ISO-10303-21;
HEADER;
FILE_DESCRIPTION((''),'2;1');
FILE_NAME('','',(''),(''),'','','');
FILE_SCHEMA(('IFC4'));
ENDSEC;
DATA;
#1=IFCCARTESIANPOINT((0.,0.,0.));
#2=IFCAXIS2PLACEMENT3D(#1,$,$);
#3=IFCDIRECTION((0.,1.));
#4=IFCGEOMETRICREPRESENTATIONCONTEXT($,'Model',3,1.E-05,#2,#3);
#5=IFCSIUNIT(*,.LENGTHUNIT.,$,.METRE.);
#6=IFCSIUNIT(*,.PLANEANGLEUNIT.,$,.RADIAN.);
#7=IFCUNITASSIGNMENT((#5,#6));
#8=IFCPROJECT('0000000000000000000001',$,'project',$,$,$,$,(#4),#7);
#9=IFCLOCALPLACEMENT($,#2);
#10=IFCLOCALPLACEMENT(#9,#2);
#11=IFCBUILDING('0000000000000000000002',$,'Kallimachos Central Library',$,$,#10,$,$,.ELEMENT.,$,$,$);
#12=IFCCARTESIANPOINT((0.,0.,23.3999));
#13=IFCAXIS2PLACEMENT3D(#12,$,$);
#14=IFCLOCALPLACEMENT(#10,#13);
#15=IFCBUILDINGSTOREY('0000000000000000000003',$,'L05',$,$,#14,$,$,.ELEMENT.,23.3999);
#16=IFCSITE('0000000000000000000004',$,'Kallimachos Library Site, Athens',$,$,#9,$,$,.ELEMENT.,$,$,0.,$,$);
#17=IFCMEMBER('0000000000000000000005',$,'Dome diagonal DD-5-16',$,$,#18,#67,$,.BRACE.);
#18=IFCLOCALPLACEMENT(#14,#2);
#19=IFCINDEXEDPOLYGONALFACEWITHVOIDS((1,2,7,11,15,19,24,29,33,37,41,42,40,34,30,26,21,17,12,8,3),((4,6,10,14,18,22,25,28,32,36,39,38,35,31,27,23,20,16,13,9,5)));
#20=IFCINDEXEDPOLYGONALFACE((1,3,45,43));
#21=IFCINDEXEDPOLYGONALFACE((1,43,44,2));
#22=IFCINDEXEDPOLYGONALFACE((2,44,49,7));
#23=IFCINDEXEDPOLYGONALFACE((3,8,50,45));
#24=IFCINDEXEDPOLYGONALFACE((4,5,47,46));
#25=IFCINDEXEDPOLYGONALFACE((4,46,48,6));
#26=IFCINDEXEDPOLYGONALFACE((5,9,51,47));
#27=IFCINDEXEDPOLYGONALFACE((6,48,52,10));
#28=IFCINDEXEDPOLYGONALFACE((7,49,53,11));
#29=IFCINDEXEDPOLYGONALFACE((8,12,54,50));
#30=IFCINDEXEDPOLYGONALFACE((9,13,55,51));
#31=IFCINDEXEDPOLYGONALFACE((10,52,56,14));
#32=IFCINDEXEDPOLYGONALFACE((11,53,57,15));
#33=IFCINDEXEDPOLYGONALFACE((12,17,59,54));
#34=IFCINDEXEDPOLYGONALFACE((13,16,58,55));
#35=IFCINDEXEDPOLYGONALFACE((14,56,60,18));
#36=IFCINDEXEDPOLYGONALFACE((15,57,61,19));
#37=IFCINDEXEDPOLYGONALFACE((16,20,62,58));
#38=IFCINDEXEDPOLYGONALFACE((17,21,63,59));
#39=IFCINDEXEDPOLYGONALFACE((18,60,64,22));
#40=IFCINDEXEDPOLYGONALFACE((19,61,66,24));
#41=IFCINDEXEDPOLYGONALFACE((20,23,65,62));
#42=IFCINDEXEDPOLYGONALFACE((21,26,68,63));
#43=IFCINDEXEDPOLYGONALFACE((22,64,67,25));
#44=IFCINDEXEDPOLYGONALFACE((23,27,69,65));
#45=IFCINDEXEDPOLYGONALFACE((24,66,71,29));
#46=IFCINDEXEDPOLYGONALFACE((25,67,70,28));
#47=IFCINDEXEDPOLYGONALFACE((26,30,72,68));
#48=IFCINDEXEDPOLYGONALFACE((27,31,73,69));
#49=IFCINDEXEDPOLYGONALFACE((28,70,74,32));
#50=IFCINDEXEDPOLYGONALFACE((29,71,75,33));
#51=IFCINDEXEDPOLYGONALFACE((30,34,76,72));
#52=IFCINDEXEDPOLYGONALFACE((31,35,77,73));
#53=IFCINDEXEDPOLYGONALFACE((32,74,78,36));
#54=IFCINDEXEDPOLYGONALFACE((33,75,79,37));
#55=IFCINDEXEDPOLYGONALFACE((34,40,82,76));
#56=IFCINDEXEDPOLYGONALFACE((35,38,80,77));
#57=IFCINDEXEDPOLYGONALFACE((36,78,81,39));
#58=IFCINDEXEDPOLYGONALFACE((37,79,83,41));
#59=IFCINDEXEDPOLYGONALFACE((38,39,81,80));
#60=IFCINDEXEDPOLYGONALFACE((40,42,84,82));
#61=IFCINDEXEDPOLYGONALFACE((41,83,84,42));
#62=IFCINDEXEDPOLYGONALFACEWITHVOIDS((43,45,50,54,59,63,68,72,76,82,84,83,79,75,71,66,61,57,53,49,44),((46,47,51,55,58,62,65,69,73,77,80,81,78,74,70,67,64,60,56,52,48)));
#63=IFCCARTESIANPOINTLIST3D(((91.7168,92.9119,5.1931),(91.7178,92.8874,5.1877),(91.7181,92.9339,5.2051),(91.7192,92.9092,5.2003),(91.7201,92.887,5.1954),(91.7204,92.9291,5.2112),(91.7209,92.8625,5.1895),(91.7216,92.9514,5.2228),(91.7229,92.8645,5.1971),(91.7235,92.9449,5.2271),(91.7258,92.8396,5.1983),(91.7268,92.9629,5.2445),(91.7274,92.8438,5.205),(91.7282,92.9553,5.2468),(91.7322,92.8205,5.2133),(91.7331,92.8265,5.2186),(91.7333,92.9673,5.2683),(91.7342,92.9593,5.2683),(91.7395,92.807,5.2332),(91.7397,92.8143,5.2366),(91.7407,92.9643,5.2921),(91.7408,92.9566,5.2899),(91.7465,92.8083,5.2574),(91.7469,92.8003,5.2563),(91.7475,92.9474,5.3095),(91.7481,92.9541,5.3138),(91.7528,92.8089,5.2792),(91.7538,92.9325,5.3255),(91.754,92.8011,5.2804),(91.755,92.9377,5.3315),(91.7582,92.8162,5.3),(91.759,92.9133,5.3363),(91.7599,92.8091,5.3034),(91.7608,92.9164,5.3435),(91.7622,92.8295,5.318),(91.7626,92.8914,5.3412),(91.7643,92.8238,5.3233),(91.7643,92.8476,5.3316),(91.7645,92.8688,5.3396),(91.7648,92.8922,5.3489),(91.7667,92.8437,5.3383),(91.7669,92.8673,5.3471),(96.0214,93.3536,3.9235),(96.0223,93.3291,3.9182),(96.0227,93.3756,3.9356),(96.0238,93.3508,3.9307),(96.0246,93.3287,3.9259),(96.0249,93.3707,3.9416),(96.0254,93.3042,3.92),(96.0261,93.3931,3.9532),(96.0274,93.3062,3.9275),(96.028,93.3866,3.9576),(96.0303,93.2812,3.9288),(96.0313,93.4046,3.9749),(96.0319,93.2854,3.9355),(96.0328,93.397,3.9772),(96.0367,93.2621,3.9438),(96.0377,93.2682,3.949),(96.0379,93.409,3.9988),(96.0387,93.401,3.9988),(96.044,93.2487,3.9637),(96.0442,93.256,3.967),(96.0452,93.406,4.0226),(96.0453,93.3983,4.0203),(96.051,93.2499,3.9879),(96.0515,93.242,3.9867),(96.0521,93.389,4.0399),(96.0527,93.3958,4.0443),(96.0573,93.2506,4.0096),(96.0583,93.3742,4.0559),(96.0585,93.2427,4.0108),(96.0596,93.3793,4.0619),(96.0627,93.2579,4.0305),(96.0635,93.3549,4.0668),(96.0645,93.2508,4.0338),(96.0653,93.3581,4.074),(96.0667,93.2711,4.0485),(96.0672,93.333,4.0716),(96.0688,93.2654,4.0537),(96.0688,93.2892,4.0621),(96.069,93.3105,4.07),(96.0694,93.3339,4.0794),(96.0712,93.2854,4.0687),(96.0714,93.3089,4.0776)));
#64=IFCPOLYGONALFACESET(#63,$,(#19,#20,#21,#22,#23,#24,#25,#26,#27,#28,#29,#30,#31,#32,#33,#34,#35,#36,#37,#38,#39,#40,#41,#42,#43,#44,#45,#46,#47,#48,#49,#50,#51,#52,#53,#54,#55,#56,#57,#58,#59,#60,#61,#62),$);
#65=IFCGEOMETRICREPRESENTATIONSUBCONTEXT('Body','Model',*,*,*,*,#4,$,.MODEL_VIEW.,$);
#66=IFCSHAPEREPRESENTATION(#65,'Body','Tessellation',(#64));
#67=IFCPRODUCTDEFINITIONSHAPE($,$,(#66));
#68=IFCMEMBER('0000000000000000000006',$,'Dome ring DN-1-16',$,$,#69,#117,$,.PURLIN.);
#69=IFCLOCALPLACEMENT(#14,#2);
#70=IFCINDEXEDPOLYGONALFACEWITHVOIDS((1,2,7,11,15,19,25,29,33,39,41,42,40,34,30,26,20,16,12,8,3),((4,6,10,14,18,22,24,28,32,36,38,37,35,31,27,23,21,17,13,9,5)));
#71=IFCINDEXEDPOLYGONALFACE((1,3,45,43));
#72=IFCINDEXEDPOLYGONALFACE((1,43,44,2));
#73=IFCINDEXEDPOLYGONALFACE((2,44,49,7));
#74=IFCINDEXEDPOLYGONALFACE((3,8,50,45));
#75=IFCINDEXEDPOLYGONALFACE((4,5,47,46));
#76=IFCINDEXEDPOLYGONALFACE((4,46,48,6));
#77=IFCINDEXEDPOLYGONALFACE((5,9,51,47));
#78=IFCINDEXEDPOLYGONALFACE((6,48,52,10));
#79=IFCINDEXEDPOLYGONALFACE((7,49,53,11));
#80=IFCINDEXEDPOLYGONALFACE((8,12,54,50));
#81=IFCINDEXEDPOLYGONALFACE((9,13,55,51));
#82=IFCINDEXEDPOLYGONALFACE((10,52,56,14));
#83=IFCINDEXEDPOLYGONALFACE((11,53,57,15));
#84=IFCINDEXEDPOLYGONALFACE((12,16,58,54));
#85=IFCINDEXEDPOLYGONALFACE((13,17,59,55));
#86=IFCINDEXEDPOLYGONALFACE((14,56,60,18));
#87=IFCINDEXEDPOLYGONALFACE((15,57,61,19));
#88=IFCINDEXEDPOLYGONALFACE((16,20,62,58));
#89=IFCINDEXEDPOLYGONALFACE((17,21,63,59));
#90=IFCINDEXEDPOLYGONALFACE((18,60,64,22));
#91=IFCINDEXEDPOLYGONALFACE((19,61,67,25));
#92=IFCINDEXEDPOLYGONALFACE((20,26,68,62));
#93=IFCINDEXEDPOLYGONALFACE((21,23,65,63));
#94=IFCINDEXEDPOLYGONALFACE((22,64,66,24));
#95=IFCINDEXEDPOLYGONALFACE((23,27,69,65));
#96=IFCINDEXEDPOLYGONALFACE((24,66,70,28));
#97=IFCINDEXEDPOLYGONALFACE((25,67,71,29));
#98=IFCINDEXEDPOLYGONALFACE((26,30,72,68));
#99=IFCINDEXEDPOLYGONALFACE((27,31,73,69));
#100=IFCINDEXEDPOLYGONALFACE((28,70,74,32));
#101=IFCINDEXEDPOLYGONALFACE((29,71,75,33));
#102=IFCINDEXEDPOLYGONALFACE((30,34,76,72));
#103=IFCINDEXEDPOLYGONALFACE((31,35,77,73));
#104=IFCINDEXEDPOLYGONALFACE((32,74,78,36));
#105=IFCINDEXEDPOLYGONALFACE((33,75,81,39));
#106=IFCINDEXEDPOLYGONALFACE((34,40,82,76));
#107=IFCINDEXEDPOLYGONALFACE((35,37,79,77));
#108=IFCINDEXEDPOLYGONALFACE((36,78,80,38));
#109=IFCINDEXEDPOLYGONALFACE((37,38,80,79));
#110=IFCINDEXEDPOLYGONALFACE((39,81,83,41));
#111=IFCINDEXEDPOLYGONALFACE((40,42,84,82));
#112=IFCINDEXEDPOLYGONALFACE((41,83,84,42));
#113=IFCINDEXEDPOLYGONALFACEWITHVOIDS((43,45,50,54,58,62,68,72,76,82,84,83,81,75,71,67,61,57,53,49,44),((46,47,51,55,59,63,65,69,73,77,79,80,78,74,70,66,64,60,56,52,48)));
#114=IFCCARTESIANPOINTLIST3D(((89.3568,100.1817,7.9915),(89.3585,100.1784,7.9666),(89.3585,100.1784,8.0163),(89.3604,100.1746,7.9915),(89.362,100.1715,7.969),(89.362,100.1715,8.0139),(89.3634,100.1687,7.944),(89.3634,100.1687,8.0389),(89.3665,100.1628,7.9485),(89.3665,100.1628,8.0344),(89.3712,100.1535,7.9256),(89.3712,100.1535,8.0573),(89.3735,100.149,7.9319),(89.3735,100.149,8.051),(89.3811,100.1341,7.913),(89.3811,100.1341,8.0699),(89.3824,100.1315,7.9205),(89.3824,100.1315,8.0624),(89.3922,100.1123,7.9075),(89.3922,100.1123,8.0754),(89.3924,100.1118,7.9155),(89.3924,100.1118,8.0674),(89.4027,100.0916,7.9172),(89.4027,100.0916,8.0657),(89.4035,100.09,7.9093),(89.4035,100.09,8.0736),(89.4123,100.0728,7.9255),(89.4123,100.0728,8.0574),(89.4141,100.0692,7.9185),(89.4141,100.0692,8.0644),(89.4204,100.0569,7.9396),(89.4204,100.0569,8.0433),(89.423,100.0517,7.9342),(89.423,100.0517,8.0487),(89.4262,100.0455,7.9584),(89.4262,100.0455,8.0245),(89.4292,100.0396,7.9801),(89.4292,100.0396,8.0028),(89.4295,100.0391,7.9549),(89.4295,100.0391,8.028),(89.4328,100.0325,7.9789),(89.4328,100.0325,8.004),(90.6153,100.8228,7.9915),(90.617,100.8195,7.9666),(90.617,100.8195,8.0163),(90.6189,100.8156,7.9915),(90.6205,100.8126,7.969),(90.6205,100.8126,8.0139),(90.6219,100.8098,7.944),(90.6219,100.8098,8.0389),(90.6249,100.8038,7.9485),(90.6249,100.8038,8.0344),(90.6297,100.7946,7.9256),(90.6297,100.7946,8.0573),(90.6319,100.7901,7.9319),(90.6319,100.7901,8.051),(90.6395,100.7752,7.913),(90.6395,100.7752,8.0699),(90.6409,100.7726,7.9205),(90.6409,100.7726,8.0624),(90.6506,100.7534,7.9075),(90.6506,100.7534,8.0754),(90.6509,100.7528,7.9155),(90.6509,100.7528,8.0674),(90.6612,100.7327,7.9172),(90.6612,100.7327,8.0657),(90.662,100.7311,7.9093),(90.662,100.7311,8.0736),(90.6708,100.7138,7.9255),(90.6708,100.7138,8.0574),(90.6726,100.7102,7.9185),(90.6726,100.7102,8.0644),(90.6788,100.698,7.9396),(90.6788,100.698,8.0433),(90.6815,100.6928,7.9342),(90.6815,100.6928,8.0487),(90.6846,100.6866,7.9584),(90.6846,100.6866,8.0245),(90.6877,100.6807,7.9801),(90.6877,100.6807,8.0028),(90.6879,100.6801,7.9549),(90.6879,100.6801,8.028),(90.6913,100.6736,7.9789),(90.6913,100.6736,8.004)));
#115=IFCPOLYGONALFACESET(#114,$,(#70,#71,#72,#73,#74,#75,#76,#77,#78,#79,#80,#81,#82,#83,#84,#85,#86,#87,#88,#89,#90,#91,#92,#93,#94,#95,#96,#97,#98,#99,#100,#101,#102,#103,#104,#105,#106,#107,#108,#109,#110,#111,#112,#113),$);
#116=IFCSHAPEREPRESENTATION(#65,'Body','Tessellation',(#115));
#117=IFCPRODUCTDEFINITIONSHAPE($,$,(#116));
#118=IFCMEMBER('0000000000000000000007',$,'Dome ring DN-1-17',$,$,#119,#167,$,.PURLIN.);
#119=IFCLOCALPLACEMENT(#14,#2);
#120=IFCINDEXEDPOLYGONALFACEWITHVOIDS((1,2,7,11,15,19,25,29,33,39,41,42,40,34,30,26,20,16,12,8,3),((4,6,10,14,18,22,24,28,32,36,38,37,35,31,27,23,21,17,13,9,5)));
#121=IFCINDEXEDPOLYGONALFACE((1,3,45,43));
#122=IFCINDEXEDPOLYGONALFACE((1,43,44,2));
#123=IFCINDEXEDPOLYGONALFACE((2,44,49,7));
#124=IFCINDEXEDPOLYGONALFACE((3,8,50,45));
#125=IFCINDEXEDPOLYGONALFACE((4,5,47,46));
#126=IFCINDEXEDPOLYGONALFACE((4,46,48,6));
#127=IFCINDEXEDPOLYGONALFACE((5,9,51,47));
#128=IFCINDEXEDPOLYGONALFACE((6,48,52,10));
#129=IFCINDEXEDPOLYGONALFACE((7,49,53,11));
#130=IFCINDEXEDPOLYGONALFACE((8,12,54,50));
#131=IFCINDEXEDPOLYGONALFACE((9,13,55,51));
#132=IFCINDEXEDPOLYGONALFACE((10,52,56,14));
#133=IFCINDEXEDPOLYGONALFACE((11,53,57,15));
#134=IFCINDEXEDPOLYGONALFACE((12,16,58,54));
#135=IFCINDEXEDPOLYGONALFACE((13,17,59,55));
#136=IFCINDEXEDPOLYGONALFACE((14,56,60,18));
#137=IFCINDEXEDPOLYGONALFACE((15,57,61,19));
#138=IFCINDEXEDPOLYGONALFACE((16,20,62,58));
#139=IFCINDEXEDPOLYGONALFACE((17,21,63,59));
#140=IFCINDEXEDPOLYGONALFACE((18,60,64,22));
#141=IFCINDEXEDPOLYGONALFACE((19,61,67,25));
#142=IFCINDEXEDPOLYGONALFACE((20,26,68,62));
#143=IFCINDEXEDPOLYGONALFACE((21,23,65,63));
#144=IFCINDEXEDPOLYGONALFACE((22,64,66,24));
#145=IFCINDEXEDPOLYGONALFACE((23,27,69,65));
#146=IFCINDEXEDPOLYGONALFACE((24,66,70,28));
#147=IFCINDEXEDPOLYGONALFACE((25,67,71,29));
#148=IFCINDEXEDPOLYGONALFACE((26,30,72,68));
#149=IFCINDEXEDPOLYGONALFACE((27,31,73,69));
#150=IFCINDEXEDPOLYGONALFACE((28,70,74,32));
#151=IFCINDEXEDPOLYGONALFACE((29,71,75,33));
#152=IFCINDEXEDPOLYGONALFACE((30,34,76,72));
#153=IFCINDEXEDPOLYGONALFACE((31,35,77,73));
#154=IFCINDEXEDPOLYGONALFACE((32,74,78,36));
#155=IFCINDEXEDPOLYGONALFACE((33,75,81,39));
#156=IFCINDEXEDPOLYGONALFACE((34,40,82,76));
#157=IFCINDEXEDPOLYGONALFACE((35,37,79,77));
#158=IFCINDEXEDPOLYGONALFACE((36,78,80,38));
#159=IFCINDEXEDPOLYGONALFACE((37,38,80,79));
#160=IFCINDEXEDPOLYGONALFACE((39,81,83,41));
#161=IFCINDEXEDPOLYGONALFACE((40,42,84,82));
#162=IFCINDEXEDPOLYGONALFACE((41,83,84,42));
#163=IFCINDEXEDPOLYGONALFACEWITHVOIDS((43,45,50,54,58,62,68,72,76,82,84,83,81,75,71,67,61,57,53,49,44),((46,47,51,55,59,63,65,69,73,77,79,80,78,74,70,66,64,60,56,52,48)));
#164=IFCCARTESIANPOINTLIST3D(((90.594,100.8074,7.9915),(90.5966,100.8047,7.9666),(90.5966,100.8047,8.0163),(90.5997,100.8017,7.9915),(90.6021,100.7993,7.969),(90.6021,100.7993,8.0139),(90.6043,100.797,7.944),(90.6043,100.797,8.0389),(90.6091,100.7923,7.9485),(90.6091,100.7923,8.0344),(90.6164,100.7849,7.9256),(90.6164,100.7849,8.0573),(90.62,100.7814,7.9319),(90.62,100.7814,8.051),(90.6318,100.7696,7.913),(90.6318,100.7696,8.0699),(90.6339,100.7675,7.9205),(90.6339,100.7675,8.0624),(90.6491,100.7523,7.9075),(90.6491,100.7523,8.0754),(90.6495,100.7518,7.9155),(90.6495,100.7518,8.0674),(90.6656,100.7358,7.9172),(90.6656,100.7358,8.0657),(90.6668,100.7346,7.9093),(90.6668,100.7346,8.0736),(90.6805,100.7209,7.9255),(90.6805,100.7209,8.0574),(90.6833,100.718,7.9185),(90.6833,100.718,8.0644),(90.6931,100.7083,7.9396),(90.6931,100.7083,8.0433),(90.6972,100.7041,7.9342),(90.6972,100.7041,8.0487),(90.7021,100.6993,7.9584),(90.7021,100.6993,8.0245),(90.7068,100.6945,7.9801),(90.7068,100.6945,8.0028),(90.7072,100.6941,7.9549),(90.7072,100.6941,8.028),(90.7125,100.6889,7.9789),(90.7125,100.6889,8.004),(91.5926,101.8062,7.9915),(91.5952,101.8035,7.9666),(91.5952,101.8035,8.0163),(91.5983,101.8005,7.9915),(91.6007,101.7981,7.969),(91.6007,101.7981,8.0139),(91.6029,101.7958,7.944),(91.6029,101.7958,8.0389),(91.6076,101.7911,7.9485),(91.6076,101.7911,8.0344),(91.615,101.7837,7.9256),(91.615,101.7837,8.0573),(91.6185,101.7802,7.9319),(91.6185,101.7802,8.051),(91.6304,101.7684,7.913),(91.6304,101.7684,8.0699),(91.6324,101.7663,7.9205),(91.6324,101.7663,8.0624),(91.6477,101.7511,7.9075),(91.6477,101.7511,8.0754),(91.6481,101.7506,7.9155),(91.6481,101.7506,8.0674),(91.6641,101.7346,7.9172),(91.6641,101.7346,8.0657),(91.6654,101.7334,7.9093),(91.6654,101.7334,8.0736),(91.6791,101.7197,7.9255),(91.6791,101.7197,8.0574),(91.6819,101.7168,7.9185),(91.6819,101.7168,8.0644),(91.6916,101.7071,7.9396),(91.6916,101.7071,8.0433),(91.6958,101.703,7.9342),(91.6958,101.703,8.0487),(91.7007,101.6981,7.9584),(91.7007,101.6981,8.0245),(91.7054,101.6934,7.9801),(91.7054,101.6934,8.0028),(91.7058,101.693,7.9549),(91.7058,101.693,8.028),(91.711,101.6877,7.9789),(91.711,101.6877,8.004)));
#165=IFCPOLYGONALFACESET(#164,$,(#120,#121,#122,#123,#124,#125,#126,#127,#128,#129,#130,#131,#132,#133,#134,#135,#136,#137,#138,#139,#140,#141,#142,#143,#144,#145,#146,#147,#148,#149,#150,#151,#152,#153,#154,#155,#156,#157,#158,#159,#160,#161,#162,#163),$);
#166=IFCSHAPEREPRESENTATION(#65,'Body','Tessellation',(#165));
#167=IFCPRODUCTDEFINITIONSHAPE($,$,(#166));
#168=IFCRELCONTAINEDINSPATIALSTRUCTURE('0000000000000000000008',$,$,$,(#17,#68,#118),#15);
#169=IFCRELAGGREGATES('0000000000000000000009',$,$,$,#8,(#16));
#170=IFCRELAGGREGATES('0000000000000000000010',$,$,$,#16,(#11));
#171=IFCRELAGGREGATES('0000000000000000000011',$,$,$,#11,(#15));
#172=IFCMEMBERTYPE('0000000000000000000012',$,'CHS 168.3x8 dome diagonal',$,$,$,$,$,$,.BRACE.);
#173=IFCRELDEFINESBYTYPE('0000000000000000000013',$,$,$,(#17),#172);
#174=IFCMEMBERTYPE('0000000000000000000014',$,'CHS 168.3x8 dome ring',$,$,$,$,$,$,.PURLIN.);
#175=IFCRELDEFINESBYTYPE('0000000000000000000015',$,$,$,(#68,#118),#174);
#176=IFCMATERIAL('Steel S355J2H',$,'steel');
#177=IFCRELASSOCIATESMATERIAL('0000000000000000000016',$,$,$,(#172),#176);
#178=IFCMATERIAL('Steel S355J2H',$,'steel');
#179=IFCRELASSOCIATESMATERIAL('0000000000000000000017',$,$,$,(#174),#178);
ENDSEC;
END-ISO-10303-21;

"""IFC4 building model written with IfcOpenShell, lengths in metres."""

from ifc_helpers import new_model, si_unit, direction, frame, origin, origin_2d, place, context, subcontext, project, spatial, hollow_circle, extrude, material, material_profile, profile_set, type_object, element, save


model = new_model("IFC4")

# Units and contexts
model_context = context("Model", 3, precision=1e-05, world=origin(), true_north=direction((0.0, 1.0)))
body_context = subcontext(model_context, "Body", "Model", "MODEL_VIEW")
ifc_project = project(units=[si_unit("LENGTHUNIT", "METRE"), si_unit("PLANEANGLEUNIT", "RADIAN")], contexts=[model_context])

# Site, building, storey
site_placement = place(None, origin())
site = spatial("IfcSite", under=ifc_project, at=site_placement, Name="Kallimachos Library Site, Athens", CompositionType="ELEMENT", RefElevation=0.0)
building_placement = place(site_placement, origin())
building = spatial("IfcBuilding", under=site, at=building_placement, Name="Kallimachos Central Library", CompositionType="ELEMENT")
storey_placement = place(building_placement, frame((0.0, 0.0, 23.3999)))
storey = spatial("IfcBuildingStorey", under=building, at=storey_placement, Name="L05", CompositionType="ELEMENT", Elevation=23.3999)

# Members
ifc_material_1 = material(Name="Steel S355J2H", Category="steel")
ifc_material_profile_1 = material_profile(ifc_material_1, hollow_circle(Radius=0.0842, WallThickness=0.0081, at=origin_2d()), Name="CHS 168.3x8")
ifc_profile_set_1 = profile_set([ifc_material_profile_1], Name="Steel S355J2H")
member_type_1 = type_object("IfcMemberType", Name="CHS 168.3x8 dome diagonal", PredefinedType="BRACE", material=ifc_profile_set_1)
member_1_placement = place(storey_placement, frame((91.7419, 92.8835, 5.2683), z_axis=(0.954542, 0.097939, -0.281528), x_axis=(-0.102068, 0.994777, 0.0)))
element("IfcMember", 1, at=member_1_placement, inside=storey, type_object=member_type_1, Name="Dome diagonal DD-5-16", PredefinedType="BRACE", context=body_context, shape_type="SweptSolid", body=[
    extrude(hollow_circle(Radius=0.0842, WallThickness=0.0081, at=origin_2d()), origin(), (0.0, 0.0, 1.0), 4.5095),
])
ifc_material_2 = material(Name="Steel S355J2H", Category="steel")
ifc_material_profile_2 = material_profile(ifc_material_2, hollow_circle(Radius=0.0842, WallThickness=0.0081, at=origin_2d()), Name="CHS 168.3x8")
ifc_profile_set_2 = profile_set([ifc_material_profile_2], Name="Steel S355J2H")
member_type_2 = type_object("IfcMemberType", Name="CHS 168.3x8 dome ring", PredefinedType="PURLIN", material=ifc_profile_set_2)
for number, where, z_axis, x_axis, name in (
    (2, (89.395, 100.1067, 7.9915), (0.891049, 0.453908, 0.0), (-0.453908, 0.891049, 0.0), "Dome ring DN-1-16"),
    (3, (90.6536, 100.7478, 7.9915), (0.70702, 0.707193, 0.0), (-0.707193, 0.70702, 0.0), "Dome ring DN-1-17"),
):
    element("IfcMember", number, at=place(storey_placement, frame(where, z_axis=z_axis, x_axis=x_axis)), inside=storey, type_object=member_type_2, Name=name, PredefinedType="PURLIN", context=body_context, shape_type="SweptSolid", body=[
        extrude(hollow_circle(Radius=0.0842, WallThickness=0.0081, at=origin_2d()), origin(), (0.0, 0.0, 1.0), 1.4124),
    ])

save(model, "model.ifc")
